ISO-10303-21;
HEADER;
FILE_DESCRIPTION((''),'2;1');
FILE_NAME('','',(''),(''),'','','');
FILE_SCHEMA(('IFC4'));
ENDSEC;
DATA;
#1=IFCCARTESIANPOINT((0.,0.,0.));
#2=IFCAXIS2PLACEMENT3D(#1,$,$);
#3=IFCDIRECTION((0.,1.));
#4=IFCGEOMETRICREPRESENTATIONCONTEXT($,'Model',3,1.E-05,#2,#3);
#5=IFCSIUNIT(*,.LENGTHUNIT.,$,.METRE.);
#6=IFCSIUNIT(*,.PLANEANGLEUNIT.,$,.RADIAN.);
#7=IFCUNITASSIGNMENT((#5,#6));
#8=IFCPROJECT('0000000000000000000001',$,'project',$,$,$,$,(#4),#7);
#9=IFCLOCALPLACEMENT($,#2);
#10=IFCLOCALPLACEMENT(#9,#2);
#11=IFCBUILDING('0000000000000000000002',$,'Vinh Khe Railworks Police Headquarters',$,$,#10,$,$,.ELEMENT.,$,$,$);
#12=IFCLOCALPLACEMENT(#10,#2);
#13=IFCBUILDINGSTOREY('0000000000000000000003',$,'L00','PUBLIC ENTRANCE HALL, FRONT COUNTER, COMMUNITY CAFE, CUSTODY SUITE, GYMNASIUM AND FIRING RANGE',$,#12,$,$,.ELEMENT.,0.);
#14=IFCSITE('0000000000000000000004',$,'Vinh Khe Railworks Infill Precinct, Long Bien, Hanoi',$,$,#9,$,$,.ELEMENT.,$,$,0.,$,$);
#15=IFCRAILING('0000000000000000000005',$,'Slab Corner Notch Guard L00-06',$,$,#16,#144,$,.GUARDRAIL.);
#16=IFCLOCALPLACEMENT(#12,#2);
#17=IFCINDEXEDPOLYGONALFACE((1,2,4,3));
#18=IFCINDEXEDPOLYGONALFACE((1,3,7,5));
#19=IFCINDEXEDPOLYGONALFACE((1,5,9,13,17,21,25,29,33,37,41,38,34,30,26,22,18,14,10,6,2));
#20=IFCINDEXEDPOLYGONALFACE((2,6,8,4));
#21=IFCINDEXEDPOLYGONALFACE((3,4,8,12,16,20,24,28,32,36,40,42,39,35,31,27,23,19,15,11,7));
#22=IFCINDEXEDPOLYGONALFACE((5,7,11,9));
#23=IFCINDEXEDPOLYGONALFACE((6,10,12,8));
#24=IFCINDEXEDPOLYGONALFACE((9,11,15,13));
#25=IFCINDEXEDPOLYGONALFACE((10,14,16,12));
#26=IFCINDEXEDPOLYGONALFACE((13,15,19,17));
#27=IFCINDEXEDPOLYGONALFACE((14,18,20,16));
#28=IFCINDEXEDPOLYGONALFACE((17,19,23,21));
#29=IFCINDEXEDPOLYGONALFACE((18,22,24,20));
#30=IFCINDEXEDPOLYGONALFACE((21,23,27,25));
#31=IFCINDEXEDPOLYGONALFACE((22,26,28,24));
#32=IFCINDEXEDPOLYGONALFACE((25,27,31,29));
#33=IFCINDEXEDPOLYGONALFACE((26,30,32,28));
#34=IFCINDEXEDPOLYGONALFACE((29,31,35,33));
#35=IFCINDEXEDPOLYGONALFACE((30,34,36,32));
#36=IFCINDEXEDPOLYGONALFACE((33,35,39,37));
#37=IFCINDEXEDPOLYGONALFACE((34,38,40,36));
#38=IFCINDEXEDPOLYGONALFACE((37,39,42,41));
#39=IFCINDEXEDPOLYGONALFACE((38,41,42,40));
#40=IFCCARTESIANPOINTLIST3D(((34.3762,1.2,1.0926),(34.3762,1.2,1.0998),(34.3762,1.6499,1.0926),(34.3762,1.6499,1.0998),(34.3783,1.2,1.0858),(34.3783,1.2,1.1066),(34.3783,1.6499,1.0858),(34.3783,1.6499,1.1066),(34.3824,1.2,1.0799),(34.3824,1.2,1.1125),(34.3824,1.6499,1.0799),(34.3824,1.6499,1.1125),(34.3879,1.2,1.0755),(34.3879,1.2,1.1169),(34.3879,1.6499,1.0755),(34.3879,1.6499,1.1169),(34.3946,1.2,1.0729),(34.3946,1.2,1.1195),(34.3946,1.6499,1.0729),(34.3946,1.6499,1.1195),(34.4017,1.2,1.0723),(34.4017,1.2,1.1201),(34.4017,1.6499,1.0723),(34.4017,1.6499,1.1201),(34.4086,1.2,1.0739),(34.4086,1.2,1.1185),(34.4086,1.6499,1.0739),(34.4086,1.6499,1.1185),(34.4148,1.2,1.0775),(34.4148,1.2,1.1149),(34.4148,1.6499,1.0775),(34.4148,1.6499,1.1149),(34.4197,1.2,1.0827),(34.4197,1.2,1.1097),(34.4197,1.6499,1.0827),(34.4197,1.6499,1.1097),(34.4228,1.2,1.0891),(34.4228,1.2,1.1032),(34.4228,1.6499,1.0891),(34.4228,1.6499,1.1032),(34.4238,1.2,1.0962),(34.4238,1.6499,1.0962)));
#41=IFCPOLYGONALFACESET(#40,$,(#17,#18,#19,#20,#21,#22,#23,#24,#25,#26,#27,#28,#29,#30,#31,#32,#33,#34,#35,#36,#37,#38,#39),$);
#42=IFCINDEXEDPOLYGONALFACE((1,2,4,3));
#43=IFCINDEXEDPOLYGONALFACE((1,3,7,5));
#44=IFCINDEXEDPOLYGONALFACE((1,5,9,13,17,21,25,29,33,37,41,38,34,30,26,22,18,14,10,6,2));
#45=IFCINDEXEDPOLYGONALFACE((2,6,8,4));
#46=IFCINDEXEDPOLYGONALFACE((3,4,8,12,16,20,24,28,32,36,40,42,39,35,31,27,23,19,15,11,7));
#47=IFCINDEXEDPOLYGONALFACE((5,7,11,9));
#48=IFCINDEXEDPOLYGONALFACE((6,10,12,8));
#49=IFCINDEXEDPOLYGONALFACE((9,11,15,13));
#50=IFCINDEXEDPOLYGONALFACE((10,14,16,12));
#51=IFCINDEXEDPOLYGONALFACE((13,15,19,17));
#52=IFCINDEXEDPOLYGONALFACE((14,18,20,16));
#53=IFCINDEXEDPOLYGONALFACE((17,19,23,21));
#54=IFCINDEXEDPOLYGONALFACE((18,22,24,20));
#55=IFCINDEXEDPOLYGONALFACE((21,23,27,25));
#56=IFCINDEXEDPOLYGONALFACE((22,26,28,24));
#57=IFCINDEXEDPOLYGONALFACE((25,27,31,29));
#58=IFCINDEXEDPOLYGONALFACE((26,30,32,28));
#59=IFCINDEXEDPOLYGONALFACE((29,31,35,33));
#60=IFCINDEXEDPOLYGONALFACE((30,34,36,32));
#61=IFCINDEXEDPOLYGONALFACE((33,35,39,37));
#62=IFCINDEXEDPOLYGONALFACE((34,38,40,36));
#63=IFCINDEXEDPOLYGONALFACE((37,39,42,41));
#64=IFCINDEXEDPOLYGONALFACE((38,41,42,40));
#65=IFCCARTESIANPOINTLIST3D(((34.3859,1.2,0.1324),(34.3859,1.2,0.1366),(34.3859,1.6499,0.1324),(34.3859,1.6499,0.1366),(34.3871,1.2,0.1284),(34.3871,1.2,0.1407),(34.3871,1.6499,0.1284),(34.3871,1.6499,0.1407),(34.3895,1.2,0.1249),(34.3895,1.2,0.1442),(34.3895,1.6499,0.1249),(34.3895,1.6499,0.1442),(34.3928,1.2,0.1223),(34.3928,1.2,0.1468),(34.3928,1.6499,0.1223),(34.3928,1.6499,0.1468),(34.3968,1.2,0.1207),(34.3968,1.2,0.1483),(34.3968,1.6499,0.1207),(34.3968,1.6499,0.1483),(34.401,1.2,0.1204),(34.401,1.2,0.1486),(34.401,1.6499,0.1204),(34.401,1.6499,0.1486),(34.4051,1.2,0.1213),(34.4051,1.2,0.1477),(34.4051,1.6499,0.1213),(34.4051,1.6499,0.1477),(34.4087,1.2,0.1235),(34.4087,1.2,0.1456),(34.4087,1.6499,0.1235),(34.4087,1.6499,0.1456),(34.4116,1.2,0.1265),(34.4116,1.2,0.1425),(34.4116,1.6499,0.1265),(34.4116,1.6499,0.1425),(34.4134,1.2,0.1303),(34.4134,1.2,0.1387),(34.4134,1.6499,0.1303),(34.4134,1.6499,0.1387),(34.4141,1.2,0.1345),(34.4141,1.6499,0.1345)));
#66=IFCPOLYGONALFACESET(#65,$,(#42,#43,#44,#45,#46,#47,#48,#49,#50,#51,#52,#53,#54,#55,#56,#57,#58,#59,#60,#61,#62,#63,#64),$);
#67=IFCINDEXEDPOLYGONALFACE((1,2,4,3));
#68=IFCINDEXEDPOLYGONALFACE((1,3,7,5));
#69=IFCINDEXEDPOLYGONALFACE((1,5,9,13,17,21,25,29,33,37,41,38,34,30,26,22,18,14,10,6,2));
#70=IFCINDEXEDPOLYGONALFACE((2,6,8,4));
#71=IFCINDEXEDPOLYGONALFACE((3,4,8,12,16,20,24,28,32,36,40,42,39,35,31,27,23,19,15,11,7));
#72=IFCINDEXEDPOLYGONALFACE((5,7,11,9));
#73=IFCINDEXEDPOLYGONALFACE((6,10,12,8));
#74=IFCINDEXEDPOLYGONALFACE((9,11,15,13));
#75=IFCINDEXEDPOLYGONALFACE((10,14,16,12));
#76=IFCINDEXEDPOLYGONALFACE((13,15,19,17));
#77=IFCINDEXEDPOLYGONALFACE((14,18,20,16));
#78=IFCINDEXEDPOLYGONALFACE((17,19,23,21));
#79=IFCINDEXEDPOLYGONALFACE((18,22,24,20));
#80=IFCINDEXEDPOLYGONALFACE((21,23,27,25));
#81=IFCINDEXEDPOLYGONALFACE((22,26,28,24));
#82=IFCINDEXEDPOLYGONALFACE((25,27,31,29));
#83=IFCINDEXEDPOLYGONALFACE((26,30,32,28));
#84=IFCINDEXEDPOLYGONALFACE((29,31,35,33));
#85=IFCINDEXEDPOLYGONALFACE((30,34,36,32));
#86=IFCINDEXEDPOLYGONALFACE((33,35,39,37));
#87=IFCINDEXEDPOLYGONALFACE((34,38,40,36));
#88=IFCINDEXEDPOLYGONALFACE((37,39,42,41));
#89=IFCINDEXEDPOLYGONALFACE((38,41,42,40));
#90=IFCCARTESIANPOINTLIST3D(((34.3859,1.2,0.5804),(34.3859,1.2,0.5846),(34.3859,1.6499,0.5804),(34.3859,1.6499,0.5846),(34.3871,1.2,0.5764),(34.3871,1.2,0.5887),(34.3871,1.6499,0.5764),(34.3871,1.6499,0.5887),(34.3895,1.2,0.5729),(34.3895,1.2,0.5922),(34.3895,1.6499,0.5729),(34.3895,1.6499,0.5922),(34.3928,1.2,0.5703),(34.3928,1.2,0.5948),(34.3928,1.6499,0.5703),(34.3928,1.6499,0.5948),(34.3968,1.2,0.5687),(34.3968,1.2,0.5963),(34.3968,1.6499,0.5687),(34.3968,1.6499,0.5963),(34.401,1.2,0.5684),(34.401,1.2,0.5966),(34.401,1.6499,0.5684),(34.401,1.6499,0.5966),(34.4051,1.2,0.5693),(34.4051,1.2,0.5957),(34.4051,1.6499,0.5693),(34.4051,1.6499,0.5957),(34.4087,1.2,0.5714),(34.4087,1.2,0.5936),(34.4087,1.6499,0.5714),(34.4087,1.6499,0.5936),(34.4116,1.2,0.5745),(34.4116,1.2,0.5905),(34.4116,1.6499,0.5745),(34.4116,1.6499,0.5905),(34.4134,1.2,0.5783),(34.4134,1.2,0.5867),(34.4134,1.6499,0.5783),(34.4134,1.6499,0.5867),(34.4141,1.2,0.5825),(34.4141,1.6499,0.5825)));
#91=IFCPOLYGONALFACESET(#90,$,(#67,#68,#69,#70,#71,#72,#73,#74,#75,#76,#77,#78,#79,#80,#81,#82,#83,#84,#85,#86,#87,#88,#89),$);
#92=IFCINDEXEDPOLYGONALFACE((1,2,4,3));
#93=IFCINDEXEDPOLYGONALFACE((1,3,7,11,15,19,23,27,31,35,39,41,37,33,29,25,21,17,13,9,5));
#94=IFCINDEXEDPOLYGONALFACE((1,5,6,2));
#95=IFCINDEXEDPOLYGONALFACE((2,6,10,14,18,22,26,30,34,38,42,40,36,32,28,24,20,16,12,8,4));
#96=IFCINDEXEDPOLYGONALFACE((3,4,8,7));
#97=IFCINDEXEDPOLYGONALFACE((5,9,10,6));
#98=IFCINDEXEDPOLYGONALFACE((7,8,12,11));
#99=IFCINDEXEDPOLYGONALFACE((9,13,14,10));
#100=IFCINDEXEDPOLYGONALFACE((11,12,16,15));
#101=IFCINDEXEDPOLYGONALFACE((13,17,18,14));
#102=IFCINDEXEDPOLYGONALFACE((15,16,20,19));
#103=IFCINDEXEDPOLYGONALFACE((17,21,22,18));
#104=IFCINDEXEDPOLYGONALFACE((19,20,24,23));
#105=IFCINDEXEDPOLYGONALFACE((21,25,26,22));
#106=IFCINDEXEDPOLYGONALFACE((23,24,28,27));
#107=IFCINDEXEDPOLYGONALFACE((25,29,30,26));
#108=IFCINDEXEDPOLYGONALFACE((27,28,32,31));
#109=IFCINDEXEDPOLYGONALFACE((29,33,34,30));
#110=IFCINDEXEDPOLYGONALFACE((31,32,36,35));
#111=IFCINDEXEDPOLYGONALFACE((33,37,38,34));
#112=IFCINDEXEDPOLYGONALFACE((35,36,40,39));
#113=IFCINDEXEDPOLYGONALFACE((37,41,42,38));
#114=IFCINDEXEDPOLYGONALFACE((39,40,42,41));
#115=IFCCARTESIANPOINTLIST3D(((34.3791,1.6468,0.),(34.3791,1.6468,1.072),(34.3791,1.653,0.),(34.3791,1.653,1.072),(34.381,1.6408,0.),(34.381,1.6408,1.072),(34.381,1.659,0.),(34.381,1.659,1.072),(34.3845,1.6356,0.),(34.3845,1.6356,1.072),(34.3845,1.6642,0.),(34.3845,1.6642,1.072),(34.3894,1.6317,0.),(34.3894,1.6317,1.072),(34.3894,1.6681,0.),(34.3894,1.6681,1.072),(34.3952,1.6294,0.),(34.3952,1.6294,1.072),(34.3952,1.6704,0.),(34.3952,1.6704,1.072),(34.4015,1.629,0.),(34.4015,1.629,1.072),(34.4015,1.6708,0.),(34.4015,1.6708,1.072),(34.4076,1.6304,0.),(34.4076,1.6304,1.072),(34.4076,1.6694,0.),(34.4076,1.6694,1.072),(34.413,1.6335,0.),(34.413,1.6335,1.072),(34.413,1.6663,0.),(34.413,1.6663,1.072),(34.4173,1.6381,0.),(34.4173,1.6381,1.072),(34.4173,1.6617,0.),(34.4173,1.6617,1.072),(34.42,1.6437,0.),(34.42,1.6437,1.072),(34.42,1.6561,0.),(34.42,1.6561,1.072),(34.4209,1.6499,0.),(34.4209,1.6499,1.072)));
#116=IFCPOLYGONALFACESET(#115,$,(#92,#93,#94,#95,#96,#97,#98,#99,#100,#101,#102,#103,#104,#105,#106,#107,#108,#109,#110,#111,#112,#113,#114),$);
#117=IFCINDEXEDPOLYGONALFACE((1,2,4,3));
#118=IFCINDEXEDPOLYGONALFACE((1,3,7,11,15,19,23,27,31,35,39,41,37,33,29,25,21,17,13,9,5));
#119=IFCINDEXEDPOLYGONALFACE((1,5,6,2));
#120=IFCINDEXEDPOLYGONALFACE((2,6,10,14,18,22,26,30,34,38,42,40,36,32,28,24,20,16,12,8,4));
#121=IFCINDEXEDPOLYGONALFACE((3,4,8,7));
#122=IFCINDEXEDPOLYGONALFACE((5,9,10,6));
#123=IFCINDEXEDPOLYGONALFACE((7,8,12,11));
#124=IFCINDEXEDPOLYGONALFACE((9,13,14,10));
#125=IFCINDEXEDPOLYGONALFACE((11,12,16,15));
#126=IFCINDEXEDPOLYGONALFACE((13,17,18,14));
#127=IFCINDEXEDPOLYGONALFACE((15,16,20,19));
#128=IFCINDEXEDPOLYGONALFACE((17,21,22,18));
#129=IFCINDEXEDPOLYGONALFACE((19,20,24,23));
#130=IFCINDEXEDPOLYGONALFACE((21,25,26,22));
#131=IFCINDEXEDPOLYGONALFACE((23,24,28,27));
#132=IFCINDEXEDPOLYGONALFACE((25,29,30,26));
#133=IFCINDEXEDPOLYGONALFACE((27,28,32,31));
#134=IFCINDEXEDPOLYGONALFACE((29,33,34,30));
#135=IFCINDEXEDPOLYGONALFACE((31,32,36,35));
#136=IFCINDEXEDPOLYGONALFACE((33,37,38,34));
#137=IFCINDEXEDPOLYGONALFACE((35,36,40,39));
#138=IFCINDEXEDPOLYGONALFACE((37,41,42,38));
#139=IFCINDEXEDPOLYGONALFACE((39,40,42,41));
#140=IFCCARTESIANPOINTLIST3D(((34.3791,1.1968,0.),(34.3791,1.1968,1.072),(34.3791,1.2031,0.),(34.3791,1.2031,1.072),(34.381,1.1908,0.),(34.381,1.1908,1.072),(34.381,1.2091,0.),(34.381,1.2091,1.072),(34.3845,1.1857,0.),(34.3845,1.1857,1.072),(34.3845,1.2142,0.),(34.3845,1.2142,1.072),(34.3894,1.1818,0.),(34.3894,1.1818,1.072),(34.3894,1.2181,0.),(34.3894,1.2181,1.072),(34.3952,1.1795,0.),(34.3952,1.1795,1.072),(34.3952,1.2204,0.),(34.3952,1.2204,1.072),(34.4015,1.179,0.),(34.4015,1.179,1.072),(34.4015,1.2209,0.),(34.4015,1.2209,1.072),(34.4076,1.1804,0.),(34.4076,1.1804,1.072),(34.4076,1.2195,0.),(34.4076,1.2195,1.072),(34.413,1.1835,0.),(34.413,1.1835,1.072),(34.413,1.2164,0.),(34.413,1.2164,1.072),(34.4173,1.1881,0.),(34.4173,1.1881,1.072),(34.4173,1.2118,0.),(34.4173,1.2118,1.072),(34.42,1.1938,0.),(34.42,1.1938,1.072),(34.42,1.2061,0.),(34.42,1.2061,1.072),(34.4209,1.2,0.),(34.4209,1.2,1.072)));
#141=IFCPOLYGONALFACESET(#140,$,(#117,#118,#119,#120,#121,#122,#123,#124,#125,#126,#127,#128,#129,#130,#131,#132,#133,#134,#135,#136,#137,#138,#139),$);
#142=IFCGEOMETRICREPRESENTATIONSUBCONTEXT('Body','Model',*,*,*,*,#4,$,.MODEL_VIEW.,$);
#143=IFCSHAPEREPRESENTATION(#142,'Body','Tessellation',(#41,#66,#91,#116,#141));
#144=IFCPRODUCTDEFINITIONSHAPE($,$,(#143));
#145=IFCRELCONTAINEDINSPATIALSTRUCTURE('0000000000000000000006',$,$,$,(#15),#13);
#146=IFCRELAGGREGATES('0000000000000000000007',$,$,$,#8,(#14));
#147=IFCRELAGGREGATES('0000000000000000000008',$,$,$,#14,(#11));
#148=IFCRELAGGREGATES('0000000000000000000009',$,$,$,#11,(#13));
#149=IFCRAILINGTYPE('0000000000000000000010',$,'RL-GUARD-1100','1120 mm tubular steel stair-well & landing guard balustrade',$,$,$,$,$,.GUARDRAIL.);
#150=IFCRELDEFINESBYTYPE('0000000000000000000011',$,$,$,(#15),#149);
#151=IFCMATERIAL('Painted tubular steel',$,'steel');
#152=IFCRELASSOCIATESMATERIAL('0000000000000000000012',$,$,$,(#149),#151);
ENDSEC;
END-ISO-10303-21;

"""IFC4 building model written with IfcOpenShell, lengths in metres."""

from ifc_helpers import new_model, si_unit, direction, frame, origin, origin_2d, place, context, subcontext, project, spatial, circle, extrude, material, type_object, element, save


model = new_model("IFC4")

# Units and contexts
model_context = context("Model", 3, precision=1e-05, world=origin(), true_north=direction((0.0, 1.0)))
body_context = subcontext(model_context, "Body", "Model", "MODEL_VIEW")
ifc_project = project(units=[si_unit("LENGTHUNIT", "METRE"), si_unit("PLANEANGLEUNIT", "RADIAN")], contexts=[model_context])

# Site, building, storey
site_placement = place(None, origin())
site = spatial("IfcSite", under=ifc_project, at=site_placement, Name="Vinh Khe Railworks Infill Precinct, Long Bien, Hanoi", CompositionType="ELEMENT", RefElevation=0.0)
building_placement = place(site_placement, origin())
building = spatial("IfcBuilding", under=site, at=building_placement, Name="Vinh Khe Railworks Police Headquarters", CompositionType="ELEMENT")
storey_placement = place(building_placement, origin())
storey = spatial("IfcBuildingStorey", under=building, at=storey_placement, Name="L00", Description="PUBLIC ENTRANCE HALL, FRONT COUNTER, COMMUNITY CAFE, CUSTODY SUITE, GYMNASIUM AND FIRING RANGE", CompositionType="ELEMENT", Elevation=0.0)

# Railing
ifc_material_1 = material(Name="Painted tubular steel", Category="steel")
railing_type = type_object("IfcRailingType", Name="RL-GUARD-1100", Description="1120 mm tubular steel stair-well & landing guard balustrade", PredefinedType="GUARDRAIL", material=ifc_material_1)
railing_1_placement = place(storey_placement, frame((34.3999, 1.6499, 0.0)))
element("IfcRailing", 1, at=railing_1_placement, inside=storey, type_object=railing_type, Name="Slab Corner Notch Guard L00-06", PredefinedType="GUARDRAIL", context=body_context, shape_type="SweptSolid", body=[
    extrude(circle(Radius=0.0239, at=origin_2d()), frame((0.0, 0.0, 1.0962), z_axis=(0.0, -1.0, 0.0), x_axis=(1.0, 0.0, 0.0)), (0.0, 0.0, 1.0), 0.45),
    extrude(circle(Radius=0.0142, at=origin_2d()), frame((0.0, 0.0, 0.1345), z_axis=(0.0, -1.0, 0.0), x_axis=(1.0, 0.0, 0.0)), (0.0, 0.0, 1.0), 0.45),
    extrude(circle(Radius=0.0142, at=origin_2d()), frame((0.0, 0.0, 0.5825), z_axis=(0.0, -1.0, 0.0), x_axis=(1.0, 0.0, 0.0)), (0.0, 0.0, 1.0), 0.45),
    extrude(circle(Radius=0.021, at=origin_2d()), origin(), (0.0, 0.0, 1.0), 1.072),
    extrude(circle(Radius=0.021, at=origin_2d()), frame((0.0, -0.45, 0.0)), (0.0, 0.0, 1.0), 1.072),
])

save(model, "model.ifc")
